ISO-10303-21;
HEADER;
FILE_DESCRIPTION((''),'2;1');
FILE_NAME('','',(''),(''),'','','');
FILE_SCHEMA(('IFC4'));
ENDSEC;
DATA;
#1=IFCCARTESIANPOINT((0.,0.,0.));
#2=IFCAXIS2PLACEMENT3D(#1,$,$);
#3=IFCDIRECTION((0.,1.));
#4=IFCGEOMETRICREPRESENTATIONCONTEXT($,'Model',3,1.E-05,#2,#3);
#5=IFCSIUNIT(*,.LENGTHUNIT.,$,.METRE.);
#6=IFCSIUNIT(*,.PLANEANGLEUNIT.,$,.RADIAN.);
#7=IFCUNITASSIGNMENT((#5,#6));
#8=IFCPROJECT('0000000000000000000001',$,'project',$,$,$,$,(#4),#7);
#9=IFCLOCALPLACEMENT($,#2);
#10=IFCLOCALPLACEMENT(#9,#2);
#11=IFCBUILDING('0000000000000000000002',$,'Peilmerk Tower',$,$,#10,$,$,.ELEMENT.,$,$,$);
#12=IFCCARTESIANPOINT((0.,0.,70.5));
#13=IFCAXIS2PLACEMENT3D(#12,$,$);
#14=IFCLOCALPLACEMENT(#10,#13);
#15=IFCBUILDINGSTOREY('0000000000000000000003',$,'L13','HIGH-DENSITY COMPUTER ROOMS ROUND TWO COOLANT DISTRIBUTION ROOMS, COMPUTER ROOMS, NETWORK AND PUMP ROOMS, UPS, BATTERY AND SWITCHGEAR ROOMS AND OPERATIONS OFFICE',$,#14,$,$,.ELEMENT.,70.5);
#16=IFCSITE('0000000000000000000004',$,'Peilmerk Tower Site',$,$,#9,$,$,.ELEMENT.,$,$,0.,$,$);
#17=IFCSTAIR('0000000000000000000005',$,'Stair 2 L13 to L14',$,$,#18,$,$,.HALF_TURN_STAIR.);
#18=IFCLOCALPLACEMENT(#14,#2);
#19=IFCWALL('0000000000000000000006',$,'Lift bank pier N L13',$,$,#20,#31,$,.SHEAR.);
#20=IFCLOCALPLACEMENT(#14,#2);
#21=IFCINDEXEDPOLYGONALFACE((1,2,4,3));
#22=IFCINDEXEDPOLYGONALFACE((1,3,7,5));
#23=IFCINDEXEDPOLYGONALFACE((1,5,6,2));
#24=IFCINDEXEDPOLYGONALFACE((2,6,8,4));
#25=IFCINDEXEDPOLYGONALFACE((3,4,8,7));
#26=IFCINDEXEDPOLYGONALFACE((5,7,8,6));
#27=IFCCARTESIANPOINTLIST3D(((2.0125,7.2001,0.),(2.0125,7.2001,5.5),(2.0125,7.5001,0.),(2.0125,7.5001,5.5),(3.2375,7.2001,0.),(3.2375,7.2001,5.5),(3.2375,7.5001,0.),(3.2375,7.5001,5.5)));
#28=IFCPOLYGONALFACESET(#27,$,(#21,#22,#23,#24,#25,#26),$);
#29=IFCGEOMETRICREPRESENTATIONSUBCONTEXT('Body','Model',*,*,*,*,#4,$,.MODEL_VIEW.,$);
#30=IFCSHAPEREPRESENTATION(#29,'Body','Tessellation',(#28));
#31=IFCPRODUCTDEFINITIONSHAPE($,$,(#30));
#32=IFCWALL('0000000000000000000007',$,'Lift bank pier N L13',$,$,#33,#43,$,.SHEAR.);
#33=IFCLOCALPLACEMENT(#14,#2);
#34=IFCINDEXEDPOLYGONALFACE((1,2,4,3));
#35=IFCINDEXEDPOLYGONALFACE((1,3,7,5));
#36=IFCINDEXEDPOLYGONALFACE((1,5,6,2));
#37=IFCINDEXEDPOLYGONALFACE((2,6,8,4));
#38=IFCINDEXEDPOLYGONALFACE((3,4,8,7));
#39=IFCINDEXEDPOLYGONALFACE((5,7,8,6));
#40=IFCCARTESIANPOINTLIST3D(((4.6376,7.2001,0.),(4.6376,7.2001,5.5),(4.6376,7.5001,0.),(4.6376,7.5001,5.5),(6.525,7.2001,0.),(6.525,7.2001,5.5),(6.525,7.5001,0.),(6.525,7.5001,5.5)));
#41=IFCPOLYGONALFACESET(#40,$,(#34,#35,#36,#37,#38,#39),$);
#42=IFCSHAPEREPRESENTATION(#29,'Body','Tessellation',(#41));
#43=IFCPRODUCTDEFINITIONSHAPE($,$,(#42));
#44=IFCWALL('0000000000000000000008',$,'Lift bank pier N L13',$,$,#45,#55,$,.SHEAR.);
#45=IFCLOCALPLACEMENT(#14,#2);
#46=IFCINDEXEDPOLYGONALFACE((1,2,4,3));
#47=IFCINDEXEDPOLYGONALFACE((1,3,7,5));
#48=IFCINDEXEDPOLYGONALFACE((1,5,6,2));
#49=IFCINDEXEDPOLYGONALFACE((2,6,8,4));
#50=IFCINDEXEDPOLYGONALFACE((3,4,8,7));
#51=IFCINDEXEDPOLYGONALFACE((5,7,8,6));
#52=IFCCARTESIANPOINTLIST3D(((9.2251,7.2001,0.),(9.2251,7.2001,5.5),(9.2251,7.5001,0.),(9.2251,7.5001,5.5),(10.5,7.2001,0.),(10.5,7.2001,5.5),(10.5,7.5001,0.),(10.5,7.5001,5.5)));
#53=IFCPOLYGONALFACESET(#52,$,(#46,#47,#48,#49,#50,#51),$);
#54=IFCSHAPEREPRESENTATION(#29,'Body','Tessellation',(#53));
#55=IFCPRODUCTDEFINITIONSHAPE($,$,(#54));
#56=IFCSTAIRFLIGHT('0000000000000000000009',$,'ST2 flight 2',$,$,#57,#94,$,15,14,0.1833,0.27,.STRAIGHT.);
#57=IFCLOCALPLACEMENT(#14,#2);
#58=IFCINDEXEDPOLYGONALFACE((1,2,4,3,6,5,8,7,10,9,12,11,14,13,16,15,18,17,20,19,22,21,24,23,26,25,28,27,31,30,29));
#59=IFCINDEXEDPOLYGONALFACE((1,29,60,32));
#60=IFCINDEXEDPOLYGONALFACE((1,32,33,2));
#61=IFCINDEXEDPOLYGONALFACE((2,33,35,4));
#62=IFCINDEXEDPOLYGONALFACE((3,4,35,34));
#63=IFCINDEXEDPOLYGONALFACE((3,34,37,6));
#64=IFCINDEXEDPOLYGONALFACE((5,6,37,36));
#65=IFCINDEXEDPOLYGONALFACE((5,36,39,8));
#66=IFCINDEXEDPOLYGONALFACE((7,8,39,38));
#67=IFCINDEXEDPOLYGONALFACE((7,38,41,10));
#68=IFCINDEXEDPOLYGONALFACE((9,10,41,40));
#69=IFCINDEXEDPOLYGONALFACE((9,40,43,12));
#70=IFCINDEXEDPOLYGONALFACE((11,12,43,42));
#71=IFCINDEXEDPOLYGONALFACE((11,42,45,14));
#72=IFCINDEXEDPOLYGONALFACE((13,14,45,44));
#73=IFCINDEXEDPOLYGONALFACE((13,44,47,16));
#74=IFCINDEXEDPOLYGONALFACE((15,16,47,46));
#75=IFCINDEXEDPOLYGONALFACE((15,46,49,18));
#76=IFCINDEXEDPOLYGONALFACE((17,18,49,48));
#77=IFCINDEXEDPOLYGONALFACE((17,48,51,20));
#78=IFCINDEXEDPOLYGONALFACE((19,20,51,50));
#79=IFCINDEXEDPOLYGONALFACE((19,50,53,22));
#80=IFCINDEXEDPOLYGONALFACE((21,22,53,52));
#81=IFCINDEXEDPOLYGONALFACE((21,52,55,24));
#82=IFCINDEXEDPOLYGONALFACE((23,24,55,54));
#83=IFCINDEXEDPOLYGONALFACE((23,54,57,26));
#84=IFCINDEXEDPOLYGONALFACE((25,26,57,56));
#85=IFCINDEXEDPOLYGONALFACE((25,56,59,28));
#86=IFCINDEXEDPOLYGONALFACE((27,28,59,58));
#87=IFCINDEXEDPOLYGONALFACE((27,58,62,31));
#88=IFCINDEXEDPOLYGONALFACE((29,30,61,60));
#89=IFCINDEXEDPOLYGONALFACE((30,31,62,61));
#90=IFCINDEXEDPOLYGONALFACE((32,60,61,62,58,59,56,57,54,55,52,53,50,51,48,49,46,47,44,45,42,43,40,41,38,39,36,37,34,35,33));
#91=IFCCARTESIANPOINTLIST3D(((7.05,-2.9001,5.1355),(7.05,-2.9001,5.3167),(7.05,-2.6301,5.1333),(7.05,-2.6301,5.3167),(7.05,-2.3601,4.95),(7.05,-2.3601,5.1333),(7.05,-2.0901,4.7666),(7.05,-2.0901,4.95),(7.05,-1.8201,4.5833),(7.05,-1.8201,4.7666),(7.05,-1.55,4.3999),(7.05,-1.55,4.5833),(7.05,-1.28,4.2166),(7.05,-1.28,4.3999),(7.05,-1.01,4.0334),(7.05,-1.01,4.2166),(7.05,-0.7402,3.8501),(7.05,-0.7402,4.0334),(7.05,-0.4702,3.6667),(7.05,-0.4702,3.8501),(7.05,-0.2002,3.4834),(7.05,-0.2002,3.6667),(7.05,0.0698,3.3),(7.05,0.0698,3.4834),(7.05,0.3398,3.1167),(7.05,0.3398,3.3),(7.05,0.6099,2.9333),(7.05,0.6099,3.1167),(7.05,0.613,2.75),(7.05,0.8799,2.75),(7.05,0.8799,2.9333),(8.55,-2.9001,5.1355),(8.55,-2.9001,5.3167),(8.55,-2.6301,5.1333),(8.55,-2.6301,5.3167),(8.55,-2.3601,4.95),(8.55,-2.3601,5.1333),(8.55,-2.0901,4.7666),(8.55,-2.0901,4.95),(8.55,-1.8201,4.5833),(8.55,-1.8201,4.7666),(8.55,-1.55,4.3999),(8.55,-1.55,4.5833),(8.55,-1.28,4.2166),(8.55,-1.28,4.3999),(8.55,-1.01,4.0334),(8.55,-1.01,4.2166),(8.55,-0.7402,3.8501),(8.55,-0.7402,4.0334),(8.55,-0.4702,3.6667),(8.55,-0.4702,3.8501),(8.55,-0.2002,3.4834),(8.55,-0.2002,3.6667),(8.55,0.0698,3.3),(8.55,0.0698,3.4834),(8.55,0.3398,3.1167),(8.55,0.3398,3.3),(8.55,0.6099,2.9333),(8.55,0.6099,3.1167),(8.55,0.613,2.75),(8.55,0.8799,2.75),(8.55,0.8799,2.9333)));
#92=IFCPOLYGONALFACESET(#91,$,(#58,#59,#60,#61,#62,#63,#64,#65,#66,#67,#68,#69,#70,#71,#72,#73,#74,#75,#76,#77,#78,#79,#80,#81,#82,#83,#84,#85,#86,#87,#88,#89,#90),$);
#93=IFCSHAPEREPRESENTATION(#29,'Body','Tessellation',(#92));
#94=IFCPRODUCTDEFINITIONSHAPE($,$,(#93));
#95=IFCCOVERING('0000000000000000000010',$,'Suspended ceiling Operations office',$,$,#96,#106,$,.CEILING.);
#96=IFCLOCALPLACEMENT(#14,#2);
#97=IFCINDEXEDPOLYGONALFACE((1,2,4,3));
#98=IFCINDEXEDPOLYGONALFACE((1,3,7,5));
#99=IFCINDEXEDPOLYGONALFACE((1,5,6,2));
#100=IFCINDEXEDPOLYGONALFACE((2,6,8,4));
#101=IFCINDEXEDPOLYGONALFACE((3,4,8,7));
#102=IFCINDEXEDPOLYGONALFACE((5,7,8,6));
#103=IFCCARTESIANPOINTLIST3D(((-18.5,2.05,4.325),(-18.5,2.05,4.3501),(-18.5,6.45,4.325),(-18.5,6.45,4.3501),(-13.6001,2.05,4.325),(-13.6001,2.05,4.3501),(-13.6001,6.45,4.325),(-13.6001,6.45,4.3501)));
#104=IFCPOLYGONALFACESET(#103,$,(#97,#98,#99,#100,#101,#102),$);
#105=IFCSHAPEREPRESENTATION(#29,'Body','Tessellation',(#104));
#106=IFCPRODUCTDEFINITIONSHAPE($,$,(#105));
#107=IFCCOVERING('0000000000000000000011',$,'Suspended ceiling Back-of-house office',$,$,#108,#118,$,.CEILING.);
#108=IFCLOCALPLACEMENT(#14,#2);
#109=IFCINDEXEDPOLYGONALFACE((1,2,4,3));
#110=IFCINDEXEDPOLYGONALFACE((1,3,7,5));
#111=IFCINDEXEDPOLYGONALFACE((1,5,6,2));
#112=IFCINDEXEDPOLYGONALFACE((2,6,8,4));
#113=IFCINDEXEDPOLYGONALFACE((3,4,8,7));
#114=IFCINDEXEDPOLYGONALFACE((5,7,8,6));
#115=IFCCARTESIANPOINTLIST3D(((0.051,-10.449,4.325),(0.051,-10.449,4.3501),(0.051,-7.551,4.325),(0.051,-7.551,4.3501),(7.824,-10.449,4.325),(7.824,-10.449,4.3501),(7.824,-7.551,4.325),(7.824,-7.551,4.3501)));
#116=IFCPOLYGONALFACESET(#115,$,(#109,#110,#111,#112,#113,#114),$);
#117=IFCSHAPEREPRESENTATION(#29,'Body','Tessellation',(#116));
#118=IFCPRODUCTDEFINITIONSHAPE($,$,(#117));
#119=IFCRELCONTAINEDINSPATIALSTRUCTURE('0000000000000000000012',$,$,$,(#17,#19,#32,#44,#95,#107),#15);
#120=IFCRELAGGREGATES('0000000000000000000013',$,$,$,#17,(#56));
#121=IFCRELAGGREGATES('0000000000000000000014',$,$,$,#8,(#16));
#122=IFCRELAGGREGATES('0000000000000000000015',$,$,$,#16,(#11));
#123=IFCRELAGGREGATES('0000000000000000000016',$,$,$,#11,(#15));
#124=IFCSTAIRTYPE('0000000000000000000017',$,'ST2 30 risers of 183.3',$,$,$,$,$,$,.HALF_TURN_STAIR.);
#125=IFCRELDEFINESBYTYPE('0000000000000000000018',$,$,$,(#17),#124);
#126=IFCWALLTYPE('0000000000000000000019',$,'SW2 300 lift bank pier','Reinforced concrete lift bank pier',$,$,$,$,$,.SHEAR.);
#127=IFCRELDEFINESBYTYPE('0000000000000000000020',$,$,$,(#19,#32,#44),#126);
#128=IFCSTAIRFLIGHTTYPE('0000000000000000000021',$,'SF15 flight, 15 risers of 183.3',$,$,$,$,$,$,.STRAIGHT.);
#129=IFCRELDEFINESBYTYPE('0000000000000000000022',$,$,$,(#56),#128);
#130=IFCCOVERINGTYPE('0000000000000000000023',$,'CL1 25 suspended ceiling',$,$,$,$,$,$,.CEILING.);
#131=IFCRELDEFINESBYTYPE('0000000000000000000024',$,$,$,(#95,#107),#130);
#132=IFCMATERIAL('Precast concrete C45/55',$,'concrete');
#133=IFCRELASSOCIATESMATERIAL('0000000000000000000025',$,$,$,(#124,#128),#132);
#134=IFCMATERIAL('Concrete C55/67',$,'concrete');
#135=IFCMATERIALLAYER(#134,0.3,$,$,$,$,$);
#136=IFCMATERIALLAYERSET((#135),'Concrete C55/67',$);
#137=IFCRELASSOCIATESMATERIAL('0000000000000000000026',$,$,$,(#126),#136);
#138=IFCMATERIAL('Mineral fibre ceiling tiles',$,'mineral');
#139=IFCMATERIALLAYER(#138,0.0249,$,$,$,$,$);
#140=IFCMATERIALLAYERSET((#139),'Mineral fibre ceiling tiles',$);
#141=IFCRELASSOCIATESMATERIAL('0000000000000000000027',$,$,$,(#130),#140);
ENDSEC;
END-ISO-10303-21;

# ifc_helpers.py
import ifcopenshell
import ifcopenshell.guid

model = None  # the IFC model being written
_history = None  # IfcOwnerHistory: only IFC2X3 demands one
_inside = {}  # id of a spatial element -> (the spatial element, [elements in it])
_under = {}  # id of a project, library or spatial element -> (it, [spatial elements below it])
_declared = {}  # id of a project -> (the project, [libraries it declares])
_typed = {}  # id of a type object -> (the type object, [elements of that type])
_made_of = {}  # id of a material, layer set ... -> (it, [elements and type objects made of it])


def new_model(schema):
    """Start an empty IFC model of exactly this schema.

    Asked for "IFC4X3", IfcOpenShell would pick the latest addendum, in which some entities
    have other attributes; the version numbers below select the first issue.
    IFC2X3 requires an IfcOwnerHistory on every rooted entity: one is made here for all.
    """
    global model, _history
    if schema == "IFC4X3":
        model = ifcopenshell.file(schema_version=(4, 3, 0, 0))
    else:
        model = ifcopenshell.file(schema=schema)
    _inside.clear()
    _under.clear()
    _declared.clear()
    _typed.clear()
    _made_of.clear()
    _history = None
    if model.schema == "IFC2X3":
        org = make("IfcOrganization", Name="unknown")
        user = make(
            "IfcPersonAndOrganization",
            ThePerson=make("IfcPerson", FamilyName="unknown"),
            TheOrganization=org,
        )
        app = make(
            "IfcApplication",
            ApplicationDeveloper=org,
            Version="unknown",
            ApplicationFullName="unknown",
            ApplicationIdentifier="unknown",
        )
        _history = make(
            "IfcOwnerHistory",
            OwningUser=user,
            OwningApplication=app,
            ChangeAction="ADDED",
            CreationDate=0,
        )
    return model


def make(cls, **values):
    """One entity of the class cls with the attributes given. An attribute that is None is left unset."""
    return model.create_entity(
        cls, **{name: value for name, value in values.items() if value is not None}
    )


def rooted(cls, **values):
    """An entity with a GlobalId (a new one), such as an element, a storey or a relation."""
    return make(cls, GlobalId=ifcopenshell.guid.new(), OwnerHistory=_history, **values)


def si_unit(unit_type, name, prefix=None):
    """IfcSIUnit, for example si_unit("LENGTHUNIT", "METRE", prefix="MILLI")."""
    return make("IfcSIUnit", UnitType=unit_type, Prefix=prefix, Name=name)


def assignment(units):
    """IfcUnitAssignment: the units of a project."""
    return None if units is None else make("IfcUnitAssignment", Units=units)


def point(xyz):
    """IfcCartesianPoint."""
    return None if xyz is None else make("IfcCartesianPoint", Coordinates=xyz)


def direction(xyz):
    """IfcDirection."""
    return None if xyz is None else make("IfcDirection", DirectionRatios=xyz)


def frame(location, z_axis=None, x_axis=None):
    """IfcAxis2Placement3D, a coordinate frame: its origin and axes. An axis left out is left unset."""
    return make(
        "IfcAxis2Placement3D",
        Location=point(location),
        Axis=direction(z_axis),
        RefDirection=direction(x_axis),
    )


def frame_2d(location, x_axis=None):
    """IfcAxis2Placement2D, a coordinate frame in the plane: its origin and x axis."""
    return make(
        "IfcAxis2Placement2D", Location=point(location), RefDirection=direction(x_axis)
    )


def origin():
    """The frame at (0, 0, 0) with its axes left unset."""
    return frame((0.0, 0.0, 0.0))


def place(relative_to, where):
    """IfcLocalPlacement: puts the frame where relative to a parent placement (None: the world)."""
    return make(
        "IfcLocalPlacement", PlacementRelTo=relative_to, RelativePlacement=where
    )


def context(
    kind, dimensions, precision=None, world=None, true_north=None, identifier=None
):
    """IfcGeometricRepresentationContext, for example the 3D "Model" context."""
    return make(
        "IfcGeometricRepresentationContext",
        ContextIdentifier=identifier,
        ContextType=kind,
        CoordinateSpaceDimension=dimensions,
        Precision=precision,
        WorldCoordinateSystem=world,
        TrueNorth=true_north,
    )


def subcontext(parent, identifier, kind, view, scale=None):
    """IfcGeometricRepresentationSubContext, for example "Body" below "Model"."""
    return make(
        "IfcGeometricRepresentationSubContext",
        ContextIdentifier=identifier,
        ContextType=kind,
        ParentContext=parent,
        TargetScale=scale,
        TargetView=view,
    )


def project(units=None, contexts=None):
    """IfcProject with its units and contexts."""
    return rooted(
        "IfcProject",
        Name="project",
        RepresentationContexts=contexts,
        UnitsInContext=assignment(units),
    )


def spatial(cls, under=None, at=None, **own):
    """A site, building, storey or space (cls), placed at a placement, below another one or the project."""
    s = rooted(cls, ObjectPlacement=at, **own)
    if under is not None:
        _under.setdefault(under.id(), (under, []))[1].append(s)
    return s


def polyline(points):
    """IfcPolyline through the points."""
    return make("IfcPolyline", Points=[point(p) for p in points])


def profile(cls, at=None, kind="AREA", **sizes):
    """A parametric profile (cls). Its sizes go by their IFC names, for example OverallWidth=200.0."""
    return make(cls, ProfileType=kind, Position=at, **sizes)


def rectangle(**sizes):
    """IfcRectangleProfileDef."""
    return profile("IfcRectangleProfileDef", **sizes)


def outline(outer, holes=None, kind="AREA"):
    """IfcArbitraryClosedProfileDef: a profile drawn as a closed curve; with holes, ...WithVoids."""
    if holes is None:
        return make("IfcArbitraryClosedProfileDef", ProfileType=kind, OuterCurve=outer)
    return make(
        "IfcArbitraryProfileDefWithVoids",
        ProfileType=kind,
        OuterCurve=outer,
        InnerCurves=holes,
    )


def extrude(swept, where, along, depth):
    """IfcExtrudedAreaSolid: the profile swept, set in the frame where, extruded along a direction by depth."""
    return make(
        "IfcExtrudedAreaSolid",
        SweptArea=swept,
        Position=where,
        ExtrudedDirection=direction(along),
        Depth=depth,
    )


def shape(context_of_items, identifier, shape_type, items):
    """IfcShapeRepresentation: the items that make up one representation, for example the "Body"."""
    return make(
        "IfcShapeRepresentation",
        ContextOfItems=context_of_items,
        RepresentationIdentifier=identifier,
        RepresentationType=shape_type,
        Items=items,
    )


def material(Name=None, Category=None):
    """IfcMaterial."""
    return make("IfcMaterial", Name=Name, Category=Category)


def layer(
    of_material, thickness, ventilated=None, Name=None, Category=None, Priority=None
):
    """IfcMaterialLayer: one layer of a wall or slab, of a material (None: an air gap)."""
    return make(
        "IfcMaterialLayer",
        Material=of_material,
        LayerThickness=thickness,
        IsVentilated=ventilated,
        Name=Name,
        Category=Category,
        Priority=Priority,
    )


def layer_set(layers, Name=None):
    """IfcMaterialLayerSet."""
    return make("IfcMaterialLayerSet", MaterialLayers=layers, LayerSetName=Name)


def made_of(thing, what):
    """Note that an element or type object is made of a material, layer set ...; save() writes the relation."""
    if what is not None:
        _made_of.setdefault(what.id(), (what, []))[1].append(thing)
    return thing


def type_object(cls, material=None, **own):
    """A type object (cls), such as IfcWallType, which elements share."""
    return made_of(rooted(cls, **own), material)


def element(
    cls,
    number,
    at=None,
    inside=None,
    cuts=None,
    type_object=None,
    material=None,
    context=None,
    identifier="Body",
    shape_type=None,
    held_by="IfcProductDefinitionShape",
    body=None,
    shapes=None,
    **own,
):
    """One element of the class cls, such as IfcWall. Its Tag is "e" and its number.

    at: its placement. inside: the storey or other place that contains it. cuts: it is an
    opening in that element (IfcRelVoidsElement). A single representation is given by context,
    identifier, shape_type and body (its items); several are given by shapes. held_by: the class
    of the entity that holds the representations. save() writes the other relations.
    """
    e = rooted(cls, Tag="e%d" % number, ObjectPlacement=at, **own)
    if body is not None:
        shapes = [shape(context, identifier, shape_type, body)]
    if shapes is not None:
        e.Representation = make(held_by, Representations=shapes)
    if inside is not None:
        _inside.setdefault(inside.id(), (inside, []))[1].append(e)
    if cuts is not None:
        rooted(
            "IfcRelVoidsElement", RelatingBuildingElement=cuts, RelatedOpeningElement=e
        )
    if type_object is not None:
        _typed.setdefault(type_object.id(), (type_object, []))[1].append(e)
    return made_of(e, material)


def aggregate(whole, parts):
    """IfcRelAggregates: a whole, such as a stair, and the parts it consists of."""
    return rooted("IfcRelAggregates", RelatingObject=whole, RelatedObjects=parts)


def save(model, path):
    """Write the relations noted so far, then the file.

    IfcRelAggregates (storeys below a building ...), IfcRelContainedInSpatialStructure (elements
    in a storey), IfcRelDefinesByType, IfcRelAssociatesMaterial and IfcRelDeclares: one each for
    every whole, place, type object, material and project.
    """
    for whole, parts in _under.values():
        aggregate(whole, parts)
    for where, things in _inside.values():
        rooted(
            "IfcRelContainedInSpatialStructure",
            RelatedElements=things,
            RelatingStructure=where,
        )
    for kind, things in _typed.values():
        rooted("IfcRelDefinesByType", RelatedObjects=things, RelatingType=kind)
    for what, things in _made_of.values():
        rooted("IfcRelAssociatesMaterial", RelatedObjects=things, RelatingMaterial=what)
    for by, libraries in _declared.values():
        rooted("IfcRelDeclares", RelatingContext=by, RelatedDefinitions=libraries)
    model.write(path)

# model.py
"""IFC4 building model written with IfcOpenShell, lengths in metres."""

from ifc_helpers import new_model, si_unit, direction, frame, frame_2d, origin, place, context, subcontext, project, spatial, polyline, rectangle, outline, extrude, material, layer, layer_set, type_object, element, aggregate, save


model = new_model("IFC4")

# Units and contexts
model_context = context("Model", 3, precision=1e-05, world=origin(), true_north=direction((0.0, 1.0)))
body_context = subcontext(model_context, "Body", "Model", "MODEL_VIEW")
ifc_project = project(units=[si_unit("LENGTHUNIT", "METRE"), si_unit("PLANEANGLEUNIT", "RADIAN")], contexts=[model_context])

# Site, building, storey
site_placement = place(None, origin())
site = spatial("IfcSite", under=ifc_project, at=site_placement, Name="Peilmerk Tower Site", CompositionType="ELEMENT", RefElevation=0.0)
building_placement = place(site_placement, origin())
building = spatial("IfcBuilding", under=site, at=building_placement, Name="Peilmerk Tower", CompositionType="ELEMENT")
storey_placement = place(building_placement, frame((0.0, 0.0, 70.5)))
storey = spatial("IfcBuildingStorey", under=building, at=storey_placement, Name="L13", Description="HIGH-DENSITY COMPUTER ROOMS ROUND TWO COOLANT DISTRIBUTION ROOMS, COMPUTER ROOMS, NETWORK AND PUMP ROOMS, UPS, BATTERY AND SWITCHGEAR ROOMS AND OPERATIONS OFFICE", CompositionType="ELEMENT", Elevation=70.5)

# Stair
ifc_material_1 = material(Name="Precast concrete C45/55", Category="concrete")
stair_type = type_object("IfcStairType", Name="ST2 30 risers of 183.3", PredefinedType="HALF_TURN_STAIR", material=ifc_material_1)
stair_placement = place(storey_placement, origin())
stair = element("IfcStair", 1, at=stair_placement, inside=storey, type_object=stair_type, Name="Stair 2 L13 to L14", PredefinedType="HALF_TURN_STAIR")

# Walls
ifc_material_2 = material(Name="Concrete C55/67", Category="concrete")
ifc_layer_1 = layer(ifc_material_2, 0.3)
ifc_layer_set_1 = layer_set([ifc_layer_1], Name="Concrete C55/67")
wall_type_1 = type_object("IfcWallType", Name="SW2 300 lift bank pier", Description="Reinforced concrete lift bank pier", PredefinedType="SHEAR", material=ifc_layer_set_1)
wall_1_placement = place(storey_placement, frame((2.0125, 7.3501, 0.0), z_axis=(0.0, 0.0, 1.0), x_axis=(1.0, 0.0, 0.0)))
element("IfcWall", 2, at=wall_1_placement, inside=storey, type_object=wall_type_1, Name="Lift bank pier N L13", PredefinedType="SHEAR", context=body_context, shape_type="SweptSolid", body=[
    extrude(rectangle(XDim=1.2251, YDim=0.3, at=frame_2d((0.6125, 0.0))), origin(), (0.0, 0.0, 1.0), 5.5),
])
wall_2_placement = place(storey_placement, frame((4.6375, 7.3501, 0.0), z_axis=(0.0, 0.0, 1.0), x_axis=(1.0, 0.0, 0.0)))
element("IfcWall", 3, at=wall_2_placement, inside=storey, type_object=wall_type_1, Name="Lift bank pier N L13", PredefinedType="SHEAR", context=body_context, shape_type="SweptSolid", body=[
    extrude(rectangle(XDim=1.8875, YDim=0.3, at=frame_2d((0.9438, 0.0))), origin(), (0.0, 0.0, 1.0), 5.5),
])
wall_3_placement = place(storey_placement, frame((9.2251, 7.3501, 0.0), z_axis=(0.0, 0.0, 1.0), x_axis=(1.0, 0.0, 0.0)))
element("IfcWall", 4, at=wall_3_placement, inside=storey, type_object=wall_type_1, Name="Lift bank pier N L13", PredefinedType="SHEAR", context=body_context, shape_type="SweptSolid", body=[
    extrude(rectangle(XDim=1.2749, YDim=0.3, at=frame_2d((0.6375, 0.0))), origin(), (0.0, 0.0, 1.0), 5.5),
])

# Stair flight
stair_flight_type = type_object("IfcStairFlightType", Name="SF15 flight, 15 risers of 183.3", PredefinedType="STRAIGHT", material=ifc_material_1)
stair_flight_placement = place(storey_placement, frame((7.8, 0.8799, 2.75), z_axis=(0.0, 0.0, 1.0), x_axis=(0.0, -1.0, 0.0)))
stair_flight = element("IfcStairFlight", 5, at=stair_flight_placement, type_object=stair_flight_type, Name="ST2 flight 2", NumberOfRisers=15, NumberOfTreads=14, PredefinedType="STRAIGHT", RiserHeight=0.1833, TreadLength=0.27, context=body_context, shape_type="SweptSolid", body=[
    extrude(outline(polyline([(0.0, 0.0), (0.0, 0.1833), (0.27, 0.1833), (0.27, 0.3667), (0.54, 0.3667), (0.54, 0.55), (0.8101, 0.55), (0.8101, 0.7334), (1.0801, 0.7334), (1.0801, 0.9167), (1.3501, 0.9167), (1.3501, 1.1001), (1.6201, 1.1001), (1.6201, 1.2834), (1.8899, 1.2834), (1.8899, 1.4666), (2.1599, 1.4666), (2.1599, 1.6499), (2.4299, 1.6499), (2.4299, 1.8333), (2.7, 1.8333), (2.7, 2.0166), (2.97, 2.0166), (2.97, 2.2), (3.24, 2.2), (3.24, 2.3833), (3.51, 2.3833), (3.51, 2.5667), (3.78, 2.5667), (3.78, 2.75), (3.78, 2.3855), (0.2668, 0.0), (0.0, 0.0)])), frame((0.0, 0.75, 0.0), z_axis=(0.0, -1.0, 0.0), x_axis=(1.0, 0.0, 0.0)), (0.0, 0.0, 1.0), 1.5),
])
aggregate(stair, [stair_flight])

# Coverings
ifc_material_3 = material(Name="Mineral fibre ceiling tiles", Category="mineral")
ifc_layer_2 = layer(ifc_material_3, 0.0249)
ifc_layer_set_2 = layer_set([ifc_layer_2], Name="Mineral fibre ceiling tiles")
covering_type_1 = type_object("IfcCoveringType", Name="CL1 25 suspended ceiling", PredefinedType="CEILING", material=ifc_layer_set_2)
covering_1_placement = place(storey_placement, frame((0.0, 0.0, 4.325)))
element("IfcCovering", 6, at=covering_1_placement, inside=storey, type_object=covering_type_1, Name="Suspended ceiling Operations office", PredefinedType="CEILING", context=body_context, shape_type="SweptSolid", body=[
    extrude(outline(polyline([(-13.6001, 2.05), (-13.6001, 6.45), (-18.5, 6.45), (-18.5, 2.05), (-13.6001, 2.05)])), origin(), (0.0, 0.0, 1.0), 0.0251),
])
covering_2_placement = place(storey_placement, frame((0.0, 0.0, 4.325)))
element("IfcCovering", 7, at=covering_2_placement, inside=storey, type_object=covering_type_1, Name="Suspended ceiling Back-of-house office", PredefinedType="CEILING", context=body_context, shape_type="SweptSolid", body=[
    extrude(outline(polyline([(0.051, -10.449), (7.824, -10.449), (7.824, -7.551), (0.051, -7.551), (0.051, -10.449)])), origin(), (0.0, 0.0, 1.0), 0.0251),
])

save(model, "model.ifc")
